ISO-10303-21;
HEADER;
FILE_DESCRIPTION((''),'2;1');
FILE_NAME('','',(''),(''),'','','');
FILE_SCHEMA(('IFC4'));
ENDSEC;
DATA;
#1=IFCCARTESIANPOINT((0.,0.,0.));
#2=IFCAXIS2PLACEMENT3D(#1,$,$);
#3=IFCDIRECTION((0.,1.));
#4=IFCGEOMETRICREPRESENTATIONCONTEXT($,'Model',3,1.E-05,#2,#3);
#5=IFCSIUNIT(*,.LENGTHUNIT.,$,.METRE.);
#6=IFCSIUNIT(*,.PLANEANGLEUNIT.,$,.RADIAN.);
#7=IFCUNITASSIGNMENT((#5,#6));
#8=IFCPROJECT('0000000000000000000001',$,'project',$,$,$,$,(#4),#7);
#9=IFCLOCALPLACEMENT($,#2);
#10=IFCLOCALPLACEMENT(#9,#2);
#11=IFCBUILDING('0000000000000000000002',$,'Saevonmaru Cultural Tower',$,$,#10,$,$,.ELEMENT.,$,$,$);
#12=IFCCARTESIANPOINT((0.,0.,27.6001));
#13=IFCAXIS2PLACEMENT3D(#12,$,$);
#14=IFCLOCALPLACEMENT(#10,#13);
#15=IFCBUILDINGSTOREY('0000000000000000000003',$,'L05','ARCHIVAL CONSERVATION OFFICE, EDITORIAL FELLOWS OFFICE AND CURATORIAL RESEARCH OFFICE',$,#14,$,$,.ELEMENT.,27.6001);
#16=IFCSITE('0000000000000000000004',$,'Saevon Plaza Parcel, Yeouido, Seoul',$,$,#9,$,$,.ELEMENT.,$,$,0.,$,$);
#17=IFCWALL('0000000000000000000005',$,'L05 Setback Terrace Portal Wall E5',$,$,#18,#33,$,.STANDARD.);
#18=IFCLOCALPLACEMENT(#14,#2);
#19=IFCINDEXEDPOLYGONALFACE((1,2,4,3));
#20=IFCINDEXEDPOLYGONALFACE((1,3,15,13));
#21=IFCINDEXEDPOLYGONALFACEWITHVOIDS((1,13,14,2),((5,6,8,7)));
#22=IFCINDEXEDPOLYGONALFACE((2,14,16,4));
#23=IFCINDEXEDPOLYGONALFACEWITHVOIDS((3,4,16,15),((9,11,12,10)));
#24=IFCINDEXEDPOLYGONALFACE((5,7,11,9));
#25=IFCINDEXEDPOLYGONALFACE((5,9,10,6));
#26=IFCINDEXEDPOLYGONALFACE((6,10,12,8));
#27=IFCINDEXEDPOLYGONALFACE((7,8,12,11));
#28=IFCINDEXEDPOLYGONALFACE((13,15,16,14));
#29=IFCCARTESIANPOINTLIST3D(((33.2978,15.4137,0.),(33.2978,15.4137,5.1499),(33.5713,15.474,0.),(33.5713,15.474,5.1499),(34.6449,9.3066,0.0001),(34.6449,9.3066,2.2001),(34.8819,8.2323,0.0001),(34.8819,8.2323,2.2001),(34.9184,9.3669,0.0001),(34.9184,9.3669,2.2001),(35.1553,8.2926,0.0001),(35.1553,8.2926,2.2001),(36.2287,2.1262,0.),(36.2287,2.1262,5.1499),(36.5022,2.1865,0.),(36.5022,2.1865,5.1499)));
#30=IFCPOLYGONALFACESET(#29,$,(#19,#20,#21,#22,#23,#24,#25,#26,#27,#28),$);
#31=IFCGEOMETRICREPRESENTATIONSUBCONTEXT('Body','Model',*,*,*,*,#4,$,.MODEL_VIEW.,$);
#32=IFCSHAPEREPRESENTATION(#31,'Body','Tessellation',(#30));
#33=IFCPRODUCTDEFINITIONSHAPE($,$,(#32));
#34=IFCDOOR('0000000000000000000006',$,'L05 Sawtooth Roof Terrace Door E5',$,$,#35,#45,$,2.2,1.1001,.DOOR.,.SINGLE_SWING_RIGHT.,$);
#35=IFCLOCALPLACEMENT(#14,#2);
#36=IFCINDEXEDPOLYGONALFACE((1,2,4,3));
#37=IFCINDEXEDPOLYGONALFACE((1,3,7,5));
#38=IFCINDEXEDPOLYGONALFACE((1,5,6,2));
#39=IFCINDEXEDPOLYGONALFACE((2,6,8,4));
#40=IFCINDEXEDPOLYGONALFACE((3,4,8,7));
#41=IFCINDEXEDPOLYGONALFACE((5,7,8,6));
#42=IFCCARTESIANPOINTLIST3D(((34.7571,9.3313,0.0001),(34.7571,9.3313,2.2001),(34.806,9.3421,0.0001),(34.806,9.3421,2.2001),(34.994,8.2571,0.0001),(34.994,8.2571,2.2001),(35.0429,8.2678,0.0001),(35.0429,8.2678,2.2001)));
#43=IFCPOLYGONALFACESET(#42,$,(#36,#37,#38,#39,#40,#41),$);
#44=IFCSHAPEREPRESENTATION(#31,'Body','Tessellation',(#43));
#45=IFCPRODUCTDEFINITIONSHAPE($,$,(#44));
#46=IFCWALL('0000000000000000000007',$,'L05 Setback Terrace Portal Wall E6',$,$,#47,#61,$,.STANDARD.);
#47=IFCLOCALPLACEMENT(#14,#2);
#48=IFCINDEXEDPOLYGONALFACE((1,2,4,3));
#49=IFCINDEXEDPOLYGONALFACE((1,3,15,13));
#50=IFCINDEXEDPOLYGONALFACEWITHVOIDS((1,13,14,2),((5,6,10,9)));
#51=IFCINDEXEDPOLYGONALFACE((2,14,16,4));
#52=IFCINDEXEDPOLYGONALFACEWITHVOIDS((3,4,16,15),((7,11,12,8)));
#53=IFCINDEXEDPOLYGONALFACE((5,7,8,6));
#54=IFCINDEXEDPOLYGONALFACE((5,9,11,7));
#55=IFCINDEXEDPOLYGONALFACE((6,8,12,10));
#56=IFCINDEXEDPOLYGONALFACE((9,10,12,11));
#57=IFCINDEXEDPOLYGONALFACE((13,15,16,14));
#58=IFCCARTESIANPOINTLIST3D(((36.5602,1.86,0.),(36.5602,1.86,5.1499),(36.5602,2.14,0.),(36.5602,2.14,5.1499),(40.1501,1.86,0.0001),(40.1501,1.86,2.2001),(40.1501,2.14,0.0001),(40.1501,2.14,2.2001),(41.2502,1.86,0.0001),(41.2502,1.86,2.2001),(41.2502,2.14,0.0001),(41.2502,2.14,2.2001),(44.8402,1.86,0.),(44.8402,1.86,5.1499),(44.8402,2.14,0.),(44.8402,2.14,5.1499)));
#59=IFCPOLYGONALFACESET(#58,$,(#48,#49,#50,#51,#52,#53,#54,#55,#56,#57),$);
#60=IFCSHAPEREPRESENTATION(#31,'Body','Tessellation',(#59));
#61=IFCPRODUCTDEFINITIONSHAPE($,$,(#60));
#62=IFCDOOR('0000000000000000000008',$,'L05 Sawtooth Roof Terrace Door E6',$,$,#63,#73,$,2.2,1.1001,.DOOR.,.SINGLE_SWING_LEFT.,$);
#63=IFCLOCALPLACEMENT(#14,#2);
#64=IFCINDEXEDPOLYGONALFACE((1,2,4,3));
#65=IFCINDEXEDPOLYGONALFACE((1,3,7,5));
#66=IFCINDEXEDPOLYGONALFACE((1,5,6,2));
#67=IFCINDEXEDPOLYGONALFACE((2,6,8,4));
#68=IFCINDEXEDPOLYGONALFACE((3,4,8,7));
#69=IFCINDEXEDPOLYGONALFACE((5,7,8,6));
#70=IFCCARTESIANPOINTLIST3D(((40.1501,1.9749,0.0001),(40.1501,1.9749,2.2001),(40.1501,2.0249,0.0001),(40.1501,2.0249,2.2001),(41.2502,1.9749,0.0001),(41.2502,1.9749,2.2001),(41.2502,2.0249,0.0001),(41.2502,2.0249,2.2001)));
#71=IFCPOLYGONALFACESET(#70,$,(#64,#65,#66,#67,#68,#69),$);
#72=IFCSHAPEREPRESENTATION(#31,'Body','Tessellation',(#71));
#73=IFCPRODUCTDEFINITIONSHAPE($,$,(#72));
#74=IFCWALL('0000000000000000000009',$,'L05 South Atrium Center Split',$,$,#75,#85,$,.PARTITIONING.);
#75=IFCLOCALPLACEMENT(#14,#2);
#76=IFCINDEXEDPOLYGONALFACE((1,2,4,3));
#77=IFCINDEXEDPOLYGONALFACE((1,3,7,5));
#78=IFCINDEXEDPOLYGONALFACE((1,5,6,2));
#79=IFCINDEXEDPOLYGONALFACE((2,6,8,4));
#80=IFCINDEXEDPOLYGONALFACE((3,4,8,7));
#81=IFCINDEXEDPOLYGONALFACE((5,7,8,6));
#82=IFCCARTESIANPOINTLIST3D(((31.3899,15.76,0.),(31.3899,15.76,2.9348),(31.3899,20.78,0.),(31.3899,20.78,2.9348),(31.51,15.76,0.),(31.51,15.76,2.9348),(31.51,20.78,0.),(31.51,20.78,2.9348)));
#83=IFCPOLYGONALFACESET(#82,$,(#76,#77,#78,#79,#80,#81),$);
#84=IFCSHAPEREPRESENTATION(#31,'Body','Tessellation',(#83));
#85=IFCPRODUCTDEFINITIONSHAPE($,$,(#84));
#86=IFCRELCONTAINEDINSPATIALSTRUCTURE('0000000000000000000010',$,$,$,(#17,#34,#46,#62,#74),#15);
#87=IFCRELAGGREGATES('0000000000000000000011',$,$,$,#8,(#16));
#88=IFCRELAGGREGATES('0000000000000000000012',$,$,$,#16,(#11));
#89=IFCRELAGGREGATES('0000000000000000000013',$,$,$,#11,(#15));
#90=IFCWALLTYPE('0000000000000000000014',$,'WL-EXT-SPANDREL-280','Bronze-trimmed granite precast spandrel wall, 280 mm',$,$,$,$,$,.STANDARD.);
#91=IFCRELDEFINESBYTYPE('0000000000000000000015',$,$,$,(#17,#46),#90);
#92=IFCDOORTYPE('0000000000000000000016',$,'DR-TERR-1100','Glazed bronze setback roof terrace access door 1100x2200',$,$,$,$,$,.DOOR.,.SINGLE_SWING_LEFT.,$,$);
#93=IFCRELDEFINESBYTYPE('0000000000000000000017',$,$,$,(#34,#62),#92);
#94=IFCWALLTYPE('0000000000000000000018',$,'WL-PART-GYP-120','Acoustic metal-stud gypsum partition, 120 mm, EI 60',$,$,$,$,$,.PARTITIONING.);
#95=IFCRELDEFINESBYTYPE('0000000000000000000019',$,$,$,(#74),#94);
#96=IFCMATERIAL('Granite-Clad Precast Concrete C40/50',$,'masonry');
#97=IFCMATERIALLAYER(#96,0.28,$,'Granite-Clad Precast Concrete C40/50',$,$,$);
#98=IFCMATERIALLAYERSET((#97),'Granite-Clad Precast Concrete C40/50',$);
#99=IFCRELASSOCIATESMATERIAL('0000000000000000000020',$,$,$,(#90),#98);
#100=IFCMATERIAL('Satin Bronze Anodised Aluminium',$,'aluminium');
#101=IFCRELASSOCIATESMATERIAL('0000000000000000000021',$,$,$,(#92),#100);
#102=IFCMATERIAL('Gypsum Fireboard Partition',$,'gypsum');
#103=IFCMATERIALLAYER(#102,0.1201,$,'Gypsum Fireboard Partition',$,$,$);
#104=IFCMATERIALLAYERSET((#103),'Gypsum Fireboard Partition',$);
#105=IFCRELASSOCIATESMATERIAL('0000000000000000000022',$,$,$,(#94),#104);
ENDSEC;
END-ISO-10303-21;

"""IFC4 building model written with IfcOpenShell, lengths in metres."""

from ifc_helpers import new_model, si_unit, direction, frame, frame_2d, origin, place, context, subcontext, project, spatial, rectangle, extrude, material, layer, layer_set, type_object, element, fill, save


model = new_model("IFC4")

# Units and contexts
model_context = context("Model", 3, precision=1e-05, world=origin(), true_north=direction((0.0, 1.0)))
body_context = subcontext(model_context, "Body", "Model", "MODEL_VIEW")
ifc_project = project(units=[si_unit("LENGTHUNIT", "METRE"), si_unit("PLANEANGLEUNIT", "RADIAN")], contexts=[model_context])

# Site, building, storey
site_placement = place(None, origin())
site = spatial("IfcSite", under=ifc_project, at=site_placement, Name="Saevon Plaza Parcel, Yeouido, Seoul", CompositionType="ELEMENT", RefElevation=0.0)
building_placement = place(site_placement, origin())
building = spatial("IfcBuilding", under=site, at=building_placement, Name="Saevonmaru Cultural Tower", CompositionType="ELEMENT")
storey_placement = place(building_placement, frame((0.0, 0.0, 27.6001)))
storey = spatial("IfcBuildingStorey", under=building, at=storey_placement, Name="L05", Description="ARCHIVAL CONSERVATION OFFICE, EDITORIAL FELLOWS OFFICE AND CURATORIAL RESEARCH OFFICE", CompositionType="ELEMENT", Elevation=27.6001)

# Shared definitions
ifc_material_1 = material(Name="Satin Bronze Anodised Aluminium", Category="aluminium")

# Walls, openings, doors
ifc_material_2 = material(Name="Granite-Clad Precast Concrete C40/50", Category="masonry")
ifc_layer_1 = layer(ifc_material_2, 0.28, Name="Granite-Clad Precast Concrete C40/50")
ifc_layer_set_1 = layer_set([ifc_layer_1], Name="Granite-Clad Precast Concrete C40/50")
wall_type_1 = type_object("IfcWallType", Name="WL-EXT-SPANDREL-280", Description="Bronze-trimmed granite precast spandrel wall, 280 mm", PredefinedType="STANDARD", material=ifc_layer_set_1)
wall_1_placement = place(storey_placement, frame((33.4346, 15.4438, 0.0), z_axis=(0.0, 0.0, 1.0), x_axis=(0.215397, -0.976527, 0.0)))
wall_1 = element("IfcWall", 1, at=wall_1_placement, inside=storey, type_object=wall_type_1, Name="L05 Setback Terrace Portal Wall E5", PredefinedType="STANDARD", context=body_context, shape_type="SweptSolid", body=[
    extrude(rectangle(XDim=13.6069, YDim=0.28, at=frame_2d((6.8035, 0.0))), origin(), (0.0, 0.0, 1.0), 5.1499),
])
opening_1_placement = place(wall_1_placement, frame((6.2539, 0.0, 0.0)))
opening_1 = element("IfcOpeningElement", 2, at=opening_1_placement, cuts=wall_1, PredefinedType="OPENING", context=body_context, shape_type="SweptSolid", body=[
    extrude(rectangle(XDim=1.1001, YDim=2.2, at=frame_2d((0.55, 1.1001))), frame((0.0, 0.1499, 0.0), z_axis=(0.0, -1.0, 0.0), x_axis=(1.0, 0.0, 0.0)), (0.0, 0.0, 1.0), 0.3),
])
door_type = type_object("IfcDoorType", Name="DR-TERR-1100", Description="Glazed bronze setback roof terrace access door 1100x2200", OperationType="SINGLE_SWING_LEFT", PredefinedType="DOOR", material=ifc_material_1)
door_1_placement = place(opening_1_placement, origin())
door_1 = element("IfcDoor", 3, at=door_1_placement, inside=storey, type_object=door_type, Name="L05 Sawtooth Roof Terrace Door E5", OperationType="SINGLE_SWING_RIGHT", OverallHeight=2.2, OverallWidth=1.1001, PredefinedType="DOOR", context=body_context, shape_type="SweptSolid", body=[
    extrude(rectangle(XDim=1.1001, YDim=2.2, at=frame_2d((0.55, 1.1001))), frame((0.0, 0.0249, 0.0), z_axis=(0.0, -1.0, 0.0), x_axis=(1.0, 0.0, 0.0)), (0.0, 0.0, 1.0), 0.05),
])
fill(opening_1, door_1)
wall_2_placement = place(storey_placement, frame((36.5601, 2.0, 0.0), z_axis=(0.0, 0.0, 1.0), x_axis=(1.0, 0.0, 0.0)))
wall_2 = element("IfcWall", 4, at=wall_2_placement, inside=storey, type_object=wall_type_1, Name="L05 Setback Terrace Portal Wall E6", PredefinedType="STANDARD", context=body_context, shape_type="SweptSolid", body=[
    extrude(rectangle(XDim=8.28, YDim=0.28, at=frame_2d((4.1401, 0.0))), origin(), (0.0, 0.0, 1.0), 5.1499),
])
opening_2_placement = place(wall_2_placement, frame((3.5901, 0.0, 0.0)))
opening_2 = element("IfcOpeningElement", 5, at=opening_2_placement, cuts=wall_2, PredefinedType="OPENING", context=body_context, shape_type="SweptSolid", body=[
    extrude(rectangle(XDim=1.1001, YDim=2.2, at=frame_2d((0.55, 1.1001))), frame((0.0, 0.1499, 0.0), z_axis=(0.0, -1.0, 0.0), x_axis=(1.0, 0.0, 0.0)), (0.0, 0.0, 1.0), 0.3),
])
door_2_placement = place(opening_2_placement, origin())
door_2 = element("IfcDoor", 6, at=door_2_placement, inside=storey, type_object=door_type, Name="L05 Sawtooth Roof Terrace Door E6", OperationType="SINGLE_SWING_LEFT", OverallHeight=2.2, OverallWidth=1.1001, PredefinedType="DOOR", context=body_context, shape_type="SweptSolid", body=[
    extrude(rectangle(XDim=1.1001, YDim=2.2, at=frame_2d((0.55, 1.1001))), frame((0.0, 0.0249, 0.0), z_axis=(0.0, -1.0, 0.0), x_axis=(1.0, 0.0, 0.0)), (0.0, 0.0, 1.0), 0.05),
])
fill(opening_2, door_2)

# Wall
ifc_material_3 = material(Name="Gypsum Fireboard Partition", Category="gypsum")
ifc_layer_2 = layer(ifc_material_3, 0.1201, Name="Gypsum Fireboard Partition")
ifc_layer_set_2 = layer_set([ifc_layer_2], Name="Gypsum Fireboard Partition")
wall_type_2 = type_object("IfcWallType", Name="WL-PART-GYP-120", Description="Acoustic metal-stud gypsum partition, 120 mm, EI 60", PredefinedType="PARTITIONING", material=ifc_layer_set_2)
wall_3_placement = place(storey_placement, frame((31.45, 15.76, 0.0), z_axis=(0.0, 0.0, 1.0), x_axis=(0.0, 1.0, 0.0)))
element("IfcWall", 7, at=wall_3_placement, inside=storey, type_object=wall_type_2, Name="L05 South Atrium Center Split", PredefinedType="PARTITIONING", context=body_context, shape_type="SweptSolid", body=[
    extrude(rectangle(XDim=5.02, YDim=0.1201, at=frame_2d((2.51, 0.0))), origin(), (0.0, 0.0, 1.0), 2.9348),
])

save(model, "model.ifc")
